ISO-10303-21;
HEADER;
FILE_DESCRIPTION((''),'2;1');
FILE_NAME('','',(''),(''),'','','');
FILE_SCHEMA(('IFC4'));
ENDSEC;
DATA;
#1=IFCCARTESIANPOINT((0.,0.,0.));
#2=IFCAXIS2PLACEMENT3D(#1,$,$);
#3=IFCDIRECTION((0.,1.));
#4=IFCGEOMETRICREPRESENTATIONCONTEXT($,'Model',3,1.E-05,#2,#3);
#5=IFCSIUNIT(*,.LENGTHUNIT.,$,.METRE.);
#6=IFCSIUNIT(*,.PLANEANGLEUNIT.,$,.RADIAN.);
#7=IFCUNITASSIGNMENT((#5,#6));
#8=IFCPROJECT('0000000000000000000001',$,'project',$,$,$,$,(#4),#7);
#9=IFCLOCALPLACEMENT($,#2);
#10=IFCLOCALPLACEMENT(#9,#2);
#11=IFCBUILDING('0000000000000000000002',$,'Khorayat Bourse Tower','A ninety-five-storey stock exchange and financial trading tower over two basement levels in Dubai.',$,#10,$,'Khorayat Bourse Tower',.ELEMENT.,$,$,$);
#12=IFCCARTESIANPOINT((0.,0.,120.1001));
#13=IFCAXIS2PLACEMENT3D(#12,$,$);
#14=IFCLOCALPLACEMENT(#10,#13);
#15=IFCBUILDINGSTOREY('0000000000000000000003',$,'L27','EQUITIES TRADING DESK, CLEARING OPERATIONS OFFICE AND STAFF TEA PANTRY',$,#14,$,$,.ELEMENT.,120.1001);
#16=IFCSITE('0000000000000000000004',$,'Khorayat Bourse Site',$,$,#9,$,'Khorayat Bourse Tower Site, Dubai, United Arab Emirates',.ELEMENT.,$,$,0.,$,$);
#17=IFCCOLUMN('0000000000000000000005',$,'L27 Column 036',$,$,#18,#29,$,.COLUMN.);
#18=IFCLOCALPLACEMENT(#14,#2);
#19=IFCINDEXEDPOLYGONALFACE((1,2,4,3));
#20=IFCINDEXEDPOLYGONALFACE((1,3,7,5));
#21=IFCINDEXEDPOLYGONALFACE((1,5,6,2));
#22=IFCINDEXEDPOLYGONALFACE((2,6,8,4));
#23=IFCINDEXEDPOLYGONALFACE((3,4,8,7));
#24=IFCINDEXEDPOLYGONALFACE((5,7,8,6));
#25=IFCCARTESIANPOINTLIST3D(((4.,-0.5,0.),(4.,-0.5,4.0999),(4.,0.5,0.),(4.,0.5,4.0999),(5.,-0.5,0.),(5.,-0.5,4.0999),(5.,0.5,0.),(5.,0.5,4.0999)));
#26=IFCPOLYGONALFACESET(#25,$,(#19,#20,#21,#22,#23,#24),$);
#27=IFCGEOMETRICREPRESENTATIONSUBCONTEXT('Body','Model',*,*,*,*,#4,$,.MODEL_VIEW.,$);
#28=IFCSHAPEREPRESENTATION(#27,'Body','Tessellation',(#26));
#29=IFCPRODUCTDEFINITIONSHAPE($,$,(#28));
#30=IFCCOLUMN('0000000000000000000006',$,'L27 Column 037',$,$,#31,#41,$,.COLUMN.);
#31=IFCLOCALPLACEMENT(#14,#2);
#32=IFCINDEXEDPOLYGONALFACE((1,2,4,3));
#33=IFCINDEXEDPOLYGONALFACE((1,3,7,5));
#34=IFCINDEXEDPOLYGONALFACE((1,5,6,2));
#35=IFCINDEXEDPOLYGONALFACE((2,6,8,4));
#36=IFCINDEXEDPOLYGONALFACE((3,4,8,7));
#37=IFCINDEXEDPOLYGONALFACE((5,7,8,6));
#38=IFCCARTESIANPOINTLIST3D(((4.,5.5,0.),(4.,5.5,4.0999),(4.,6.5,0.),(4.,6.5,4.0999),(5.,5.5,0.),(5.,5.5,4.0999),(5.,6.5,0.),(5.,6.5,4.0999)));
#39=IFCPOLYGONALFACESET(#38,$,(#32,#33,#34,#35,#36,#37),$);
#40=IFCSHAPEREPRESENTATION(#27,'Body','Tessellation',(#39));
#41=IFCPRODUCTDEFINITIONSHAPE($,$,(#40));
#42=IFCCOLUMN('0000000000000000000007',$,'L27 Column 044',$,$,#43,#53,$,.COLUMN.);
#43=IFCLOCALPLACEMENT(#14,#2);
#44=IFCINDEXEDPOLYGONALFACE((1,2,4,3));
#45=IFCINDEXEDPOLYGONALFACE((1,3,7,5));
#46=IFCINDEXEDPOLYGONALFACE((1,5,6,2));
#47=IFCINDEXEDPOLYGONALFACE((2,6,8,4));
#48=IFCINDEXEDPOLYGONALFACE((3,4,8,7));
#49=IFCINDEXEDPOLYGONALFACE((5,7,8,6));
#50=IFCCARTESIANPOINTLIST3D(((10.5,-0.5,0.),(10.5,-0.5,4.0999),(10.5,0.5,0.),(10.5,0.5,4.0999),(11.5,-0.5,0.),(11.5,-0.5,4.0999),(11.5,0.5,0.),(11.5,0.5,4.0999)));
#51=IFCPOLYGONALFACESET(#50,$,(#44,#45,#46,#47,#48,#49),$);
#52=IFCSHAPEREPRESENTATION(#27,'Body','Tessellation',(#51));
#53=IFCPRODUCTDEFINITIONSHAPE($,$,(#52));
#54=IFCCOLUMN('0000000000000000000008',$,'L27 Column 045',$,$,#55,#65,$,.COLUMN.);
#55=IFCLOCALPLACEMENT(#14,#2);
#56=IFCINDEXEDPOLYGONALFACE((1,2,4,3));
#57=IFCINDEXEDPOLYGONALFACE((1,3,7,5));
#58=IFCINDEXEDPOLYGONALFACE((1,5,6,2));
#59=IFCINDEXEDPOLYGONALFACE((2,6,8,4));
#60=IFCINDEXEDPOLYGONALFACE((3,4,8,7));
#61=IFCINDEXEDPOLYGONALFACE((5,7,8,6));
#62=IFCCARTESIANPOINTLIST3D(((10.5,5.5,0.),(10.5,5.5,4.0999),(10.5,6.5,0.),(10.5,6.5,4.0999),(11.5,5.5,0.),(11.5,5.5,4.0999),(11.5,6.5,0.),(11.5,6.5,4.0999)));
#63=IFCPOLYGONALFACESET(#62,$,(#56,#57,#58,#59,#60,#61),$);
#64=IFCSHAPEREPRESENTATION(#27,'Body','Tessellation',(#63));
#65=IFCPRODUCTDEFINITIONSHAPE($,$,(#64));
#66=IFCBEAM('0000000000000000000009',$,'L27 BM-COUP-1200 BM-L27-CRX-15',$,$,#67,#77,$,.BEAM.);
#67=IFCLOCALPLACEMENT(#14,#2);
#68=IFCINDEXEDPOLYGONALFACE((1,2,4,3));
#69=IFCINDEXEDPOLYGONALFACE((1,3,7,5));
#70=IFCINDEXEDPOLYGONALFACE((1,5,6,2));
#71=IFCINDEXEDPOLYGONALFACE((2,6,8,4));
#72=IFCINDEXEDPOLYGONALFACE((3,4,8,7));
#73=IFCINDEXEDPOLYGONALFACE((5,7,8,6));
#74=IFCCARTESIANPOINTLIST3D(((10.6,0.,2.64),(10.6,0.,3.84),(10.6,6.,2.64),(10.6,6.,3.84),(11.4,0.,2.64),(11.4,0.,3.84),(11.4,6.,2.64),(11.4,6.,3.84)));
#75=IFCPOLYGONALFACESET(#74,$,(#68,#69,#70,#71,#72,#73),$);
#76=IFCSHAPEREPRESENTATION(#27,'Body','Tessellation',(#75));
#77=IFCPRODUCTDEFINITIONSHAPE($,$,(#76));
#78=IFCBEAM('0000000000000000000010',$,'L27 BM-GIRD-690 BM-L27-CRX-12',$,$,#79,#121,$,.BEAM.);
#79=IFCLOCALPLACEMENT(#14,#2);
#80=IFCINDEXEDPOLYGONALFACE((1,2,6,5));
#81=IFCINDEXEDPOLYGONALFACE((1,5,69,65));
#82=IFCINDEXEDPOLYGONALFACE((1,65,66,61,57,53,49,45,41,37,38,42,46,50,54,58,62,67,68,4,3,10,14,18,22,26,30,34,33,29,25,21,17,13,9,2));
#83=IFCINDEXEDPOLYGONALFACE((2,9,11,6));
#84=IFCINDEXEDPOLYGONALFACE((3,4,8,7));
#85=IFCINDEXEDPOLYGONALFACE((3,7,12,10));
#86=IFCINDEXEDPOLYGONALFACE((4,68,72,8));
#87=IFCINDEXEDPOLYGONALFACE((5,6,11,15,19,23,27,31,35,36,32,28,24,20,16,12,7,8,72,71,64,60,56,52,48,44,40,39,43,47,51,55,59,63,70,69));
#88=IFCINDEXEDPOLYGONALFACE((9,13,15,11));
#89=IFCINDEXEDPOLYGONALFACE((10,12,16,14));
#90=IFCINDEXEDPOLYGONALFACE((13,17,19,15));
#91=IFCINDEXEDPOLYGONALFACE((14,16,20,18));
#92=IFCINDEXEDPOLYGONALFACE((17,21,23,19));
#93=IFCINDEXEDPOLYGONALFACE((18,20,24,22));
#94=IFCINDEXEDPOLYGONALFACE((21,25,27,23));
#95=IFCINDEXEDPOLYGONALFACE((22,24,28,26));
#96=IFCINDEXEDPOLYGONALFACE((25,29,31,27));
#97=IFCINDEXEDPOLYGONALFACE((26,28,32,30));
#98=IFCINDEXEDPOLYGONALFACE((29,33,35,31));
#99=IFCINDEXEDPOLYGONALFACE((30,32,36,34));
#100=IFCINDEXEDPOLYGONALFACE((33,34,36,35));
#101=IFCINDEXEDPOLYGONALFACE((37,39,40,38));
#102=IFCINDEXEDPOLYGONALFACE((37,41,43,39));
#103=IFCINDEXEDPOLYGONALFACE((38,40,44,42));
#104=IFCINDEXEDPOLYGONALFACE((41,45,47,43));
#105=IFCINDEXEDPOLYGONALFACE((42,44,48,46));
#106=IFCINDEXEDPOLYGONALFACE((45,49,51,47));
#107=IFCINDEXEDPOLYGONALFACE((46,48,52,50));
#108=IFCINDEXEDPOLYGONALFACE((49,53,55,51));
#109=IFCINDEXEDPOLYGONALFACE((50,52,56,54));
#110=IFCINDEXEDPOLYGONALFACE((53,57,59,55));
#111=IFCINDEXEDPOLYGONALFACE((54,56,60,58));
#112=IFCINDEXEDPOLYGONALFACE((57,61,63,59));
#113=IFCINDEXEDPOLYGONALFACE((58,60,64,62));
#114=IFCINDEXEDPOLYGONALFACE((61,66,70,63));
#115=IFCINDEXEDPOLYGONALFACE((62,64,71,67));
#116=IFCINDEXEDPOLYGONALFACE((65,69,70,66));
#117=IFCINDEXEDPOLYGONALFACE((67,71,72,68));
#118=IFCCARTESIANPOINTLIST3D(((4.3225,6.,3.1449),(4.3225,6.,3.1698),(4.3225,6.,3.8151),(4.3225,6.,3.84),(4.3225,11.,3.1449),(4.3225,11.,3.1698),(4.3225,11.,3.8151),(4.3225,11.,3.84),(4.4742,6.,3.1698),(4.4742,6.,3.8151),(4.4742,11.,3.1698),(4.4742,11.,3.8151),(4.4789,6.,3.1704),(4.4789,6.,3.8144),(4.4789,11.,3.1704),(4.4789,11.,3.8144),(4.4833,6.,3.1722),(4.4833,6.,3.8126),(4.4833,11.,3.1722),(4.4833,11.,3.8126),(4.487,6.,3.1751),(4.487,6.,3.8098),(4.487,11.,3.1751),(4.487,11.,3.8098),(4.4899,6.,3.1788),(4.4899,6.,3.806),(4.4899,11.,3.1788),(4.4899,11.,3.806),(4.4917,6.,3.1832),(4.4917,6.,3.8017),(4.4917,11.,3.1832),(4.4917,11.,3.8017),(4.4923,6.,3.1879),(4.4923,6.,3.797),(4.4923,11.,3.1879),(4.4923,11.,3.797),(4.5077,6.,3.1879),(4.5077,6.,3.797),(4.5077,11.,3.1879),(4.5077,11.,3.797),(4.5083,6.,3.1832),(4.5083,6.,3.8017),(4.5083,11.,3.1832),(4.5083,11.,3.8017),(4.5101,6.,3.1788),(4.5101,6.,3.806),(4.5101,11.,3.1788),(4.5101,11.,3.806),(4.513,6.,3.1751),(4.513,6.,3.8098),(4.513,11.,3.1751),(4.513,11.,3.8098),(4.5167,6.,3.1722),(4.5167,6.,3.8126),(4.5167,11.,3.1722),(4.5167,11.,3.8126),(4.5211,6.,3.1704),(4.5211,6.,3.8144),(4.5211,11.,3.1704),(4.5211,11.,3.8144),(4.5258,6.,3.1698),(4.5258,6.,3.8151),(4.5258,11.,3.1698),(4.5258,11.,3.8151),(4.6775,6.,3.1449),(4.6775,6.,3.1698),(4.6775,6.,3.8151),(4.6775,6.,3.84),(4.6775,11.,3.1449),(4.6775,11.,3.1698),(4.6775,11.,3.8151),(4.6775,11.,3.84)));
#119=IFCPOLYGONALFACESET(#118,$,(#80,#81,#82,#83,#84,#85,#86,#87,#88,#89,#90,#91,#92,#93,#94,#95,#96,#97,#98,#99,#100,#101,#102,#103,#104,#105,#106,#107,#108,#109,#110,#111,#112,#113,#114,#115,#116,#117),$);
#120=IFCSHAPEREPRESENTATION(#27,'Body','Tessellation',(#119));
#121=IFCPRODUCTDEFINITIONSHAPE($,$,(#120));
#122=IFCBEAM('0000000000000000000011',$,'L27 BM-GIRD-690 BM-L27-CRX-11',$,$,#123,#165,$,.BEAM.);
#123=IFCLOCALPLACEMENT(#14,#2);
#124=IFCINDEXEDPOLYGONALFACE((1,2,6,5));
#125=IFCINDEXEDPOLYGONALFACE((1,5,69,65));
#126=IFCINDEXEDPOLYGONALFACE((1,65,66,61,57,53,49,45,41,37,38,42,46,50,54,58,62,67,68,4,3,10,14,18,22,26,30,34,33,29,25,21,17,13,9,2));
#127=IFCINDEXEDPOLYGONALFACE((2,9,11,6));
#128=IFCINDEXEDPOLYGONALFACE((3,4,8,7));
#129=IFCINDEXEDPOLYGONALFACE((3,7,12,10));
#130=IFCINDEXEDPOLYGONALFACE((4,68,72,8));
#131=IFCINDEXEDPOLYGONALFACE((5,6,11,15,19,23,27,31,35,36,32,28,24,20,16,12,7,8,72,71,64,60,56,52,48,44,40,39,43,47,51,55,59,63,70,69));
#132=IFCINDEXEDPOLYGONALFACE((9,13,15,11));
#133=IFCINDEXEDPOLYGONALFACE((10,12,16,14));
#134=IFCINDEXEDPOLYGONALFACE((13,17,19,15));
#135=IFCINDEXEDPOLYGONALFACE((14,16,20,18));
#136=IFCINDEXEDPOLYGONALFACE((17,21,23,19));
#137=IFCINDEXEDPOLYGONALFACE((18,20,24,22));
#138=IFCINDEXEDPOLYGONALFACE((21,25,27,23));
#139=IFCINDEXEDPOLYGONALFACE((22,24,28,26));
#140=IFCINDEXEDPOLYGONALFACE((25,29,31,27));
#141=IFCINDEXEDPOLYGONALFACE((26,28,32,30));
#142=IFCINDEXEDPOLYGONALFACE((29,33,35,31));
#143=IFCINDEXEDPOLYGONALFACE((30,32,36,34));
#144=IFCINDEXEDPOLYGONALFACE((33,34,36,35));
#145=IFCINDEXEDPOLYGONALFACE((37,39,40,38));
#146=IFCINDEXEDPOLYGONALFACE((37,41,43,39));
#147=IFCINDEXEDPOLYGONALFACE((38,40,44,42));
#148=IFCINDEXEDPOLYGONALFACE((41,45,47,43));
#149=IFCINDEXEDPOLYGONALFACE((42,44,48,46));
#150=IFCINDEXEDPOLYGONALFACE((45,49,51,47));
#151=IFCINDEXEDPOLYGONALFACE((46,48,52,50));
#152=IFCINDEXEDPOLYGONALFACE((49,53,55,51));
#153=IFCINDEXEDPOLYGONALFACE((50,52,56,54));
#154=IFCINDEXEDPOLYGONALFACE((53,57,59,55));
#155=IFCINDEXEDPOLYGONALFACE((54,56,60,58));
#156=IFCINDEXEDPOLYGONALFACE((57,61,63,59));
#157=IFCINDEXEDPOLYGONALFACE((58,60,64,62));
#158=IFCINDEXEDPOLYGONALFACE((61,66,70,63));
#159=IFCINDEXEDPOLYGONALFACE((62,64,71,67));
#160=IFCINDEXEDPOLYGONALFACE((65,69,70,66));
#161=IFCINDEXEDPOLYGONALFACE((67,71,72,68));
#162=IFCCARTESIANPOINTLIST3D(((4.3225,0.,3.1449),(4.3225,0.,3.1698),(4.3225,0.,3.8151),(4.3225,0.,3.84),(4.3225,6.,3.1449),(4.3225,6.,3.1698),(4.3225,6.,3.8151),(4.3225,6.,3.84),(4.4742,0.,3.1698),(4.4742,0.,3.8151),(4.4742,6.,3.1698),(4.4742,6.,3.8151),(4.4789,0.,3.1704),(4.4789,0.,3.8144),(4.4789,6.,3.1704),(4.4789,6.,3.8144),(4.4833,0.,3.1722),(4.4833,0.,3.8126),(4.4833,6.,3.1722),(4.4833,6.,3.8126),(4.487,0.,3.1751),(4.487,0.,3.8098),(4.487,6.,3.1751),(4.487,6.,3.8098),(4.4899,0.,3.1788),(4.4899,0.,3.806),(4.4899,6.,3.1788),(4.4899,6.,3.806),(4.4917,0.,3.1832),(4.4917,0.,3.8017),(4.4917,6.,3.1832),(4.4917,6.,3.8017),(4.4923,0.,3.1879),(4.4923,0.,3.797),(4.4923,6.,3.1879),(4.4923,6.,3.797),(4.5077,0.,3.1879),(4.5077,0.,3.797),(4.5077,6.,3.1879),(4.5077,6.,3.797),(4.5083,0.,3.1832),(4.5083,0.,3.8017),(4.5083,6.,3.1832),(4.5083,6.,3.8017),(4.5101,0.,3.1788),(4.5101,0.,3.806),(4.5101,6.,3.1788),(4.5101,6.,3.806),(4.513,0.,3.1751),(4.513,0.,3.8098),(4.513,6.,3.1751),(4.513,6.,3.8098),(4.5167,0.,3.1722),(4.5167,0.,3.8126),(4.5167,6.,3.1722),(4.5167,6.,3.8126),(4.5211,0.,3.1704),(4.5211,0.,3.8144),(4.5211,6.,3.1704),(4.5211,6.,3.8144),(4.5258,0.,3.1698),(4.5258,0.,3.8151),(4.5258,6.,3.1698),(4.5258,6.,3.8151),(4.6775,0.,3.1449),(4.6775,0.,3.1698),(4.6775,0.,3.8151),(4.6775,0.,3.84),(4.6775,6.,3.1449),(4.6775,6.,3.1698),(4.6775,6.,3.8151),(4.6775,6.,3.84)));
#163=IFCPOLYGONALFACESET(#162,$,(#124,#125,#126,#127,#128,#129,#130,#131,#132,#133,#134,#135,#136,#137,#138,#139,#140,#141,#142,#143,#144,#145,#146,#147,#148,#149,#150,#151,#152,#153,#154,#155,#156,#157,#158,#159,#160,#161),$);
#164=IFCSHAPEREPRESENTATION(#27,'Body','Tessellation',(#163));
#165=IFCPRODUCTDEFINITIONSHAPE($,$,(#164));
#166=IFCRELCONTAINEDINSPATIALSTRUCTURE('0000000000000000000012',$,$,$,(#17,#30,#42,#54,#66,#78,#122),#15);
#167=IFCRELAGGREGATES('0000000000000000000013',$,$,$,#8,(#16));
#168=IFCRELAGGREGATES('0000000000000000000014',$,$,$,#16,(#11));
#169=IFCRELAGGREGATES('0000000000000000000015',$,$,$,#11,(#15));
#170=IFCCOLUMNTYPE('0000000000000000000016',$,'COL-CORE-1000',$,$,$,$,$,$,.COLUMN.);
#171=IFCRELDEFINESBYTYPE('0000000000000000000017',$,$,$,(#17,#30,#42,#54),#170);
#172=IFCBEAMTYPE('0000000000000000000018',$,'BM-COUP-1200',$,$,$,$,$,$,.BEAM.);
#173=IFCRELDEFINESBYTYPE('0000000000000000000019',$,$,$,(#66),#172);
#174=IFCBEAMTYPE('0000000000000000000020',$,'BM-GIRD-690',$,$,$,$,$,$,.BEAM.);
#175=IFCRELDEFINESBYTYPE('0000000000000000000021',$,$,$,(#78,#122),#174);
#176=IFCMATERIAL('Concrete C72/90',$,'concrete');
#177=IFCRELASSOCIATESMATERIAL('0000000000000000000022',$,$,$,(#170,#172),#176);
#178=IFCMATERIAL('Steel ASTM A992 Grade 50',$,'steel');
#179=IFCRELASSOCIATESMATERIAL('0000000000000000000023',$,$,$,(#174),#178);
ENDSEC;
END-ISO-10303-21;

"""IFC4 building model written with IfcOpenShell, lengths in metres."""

from ifc_helpers import new_model, si_unit, direction, frame, origin, origin_2d, place, context, subcontext, project, spatial, rectangle, i_section, extrude, source, transform, mapped, material, material_profile, profile_set, type_object, element, save


model = new_model("IFC4")

# Units and contexts
model_context = context("Model", 3, precision=1e-05, world=origin(), true_north=direction((0.0, 1.0)))
body_context = subcontext(model_context, "Body", "Model", "MODEL_VIEW")
ifc_project = project(units=[si_unit("LENGTHUNIT", "METRE"), si_unit("PLANEANGLEUNIT", "RADIAN")], contexts=[model_context])

# Site, building, storey
site_placement = place(None, origin())
site = spatial("IfcSite", under=ifc_project, at=site_placement, Name="Khorayat Bourse Site", LongName="Khorayat Bourse Tower Site, Dubai, United Arab Emirates", CompositionType="ELEMENT", RefElevation=0.0)
building_placement = place(site_placement, origin())
building = spatial("IfcBuilding", under=site, at=building_placement, Name="Khorayat Bourse Tower", Description="A ninety-five-storey stock exchange and financial trading tower over two basement levels in Dubai.", LongName="Khorayat Bourse Tower", CompositionType="ELEMENT")
storey_placement = place(building_placement, frame((0.0, 0.0, 120.1001)))
storey = spatial("IfcBuildingStorey", under=building, at=storey_placement, Name="L27", Description="EQUITIES TRADING DESK, CLEARING OPERATIONS OFFICE AND STAFF TEA PANTRY", CompositionType="ELEMENT", Elevation=120.1001)

# Columns
ifc_material_1 = material(Name="Concrete C72/90", Category="concrete")
ifc_material_profile_1 = material_profile(ifc_material_1, rectangle(XDim=1.0, YDim=1.0, at=origin_2d()), Name="RC 1000x1000")
ifc_profile_set_1 = profile_set([ifc_material_profile_1], Name="Concrete C72/90")
column_type = type_object("IfcColumnType", Name="COL-CORE-1000", PredefinedType="COLUMN", material=ifc_profile_set_1)
shared_shape_1 = source(origin(), body_context, "Body", "SweptSolid", [
    extrude(rectangle(XDim=1.0, YDim=1.0, at=origin_2d()), origin(), (0.0, 0.0, 1.0), 4.0999),
])
for number, where, z_axis, x_axis, name in (
    (1, (4.5, 0.0, 0.0), (0.0, 0.0, 1.0), (1.0, 0.0, 0.0), "L27 Column 036"),
    (2, (4.5, 6.0, 0.0), (0.0, 0.0, 1.0), (1.0, 0.0, 0.0), "L27 Column 037"),
    (3, (11.0, 0.0, 0.0), (0.0, 0.0, 1.0), (1.0, 0.0, 0.0), "L27 Column 044"),
    (4, (11.0, 6.0, 0.0), (0.0, 0.0, 1.0), (1.0, 0.0, 0.0), "L27 Column 045"),
):
    element("IfcColumn", number, at=place(storey_placement, frame(where, z_axis=z_axis, x_axis=x_axis)), inside=storey, type_object=column_type, Name=name, PredefinedType="COLUMN", context=body_context, shape_type="MappedRepresentation", body=[
        mapped(shared_shape_1, transform((0.0, 0.0, 0.0), scale=1.0)),
    ])

# Beams
ifc_material_profile_2 = material_profile(ifc_material_1, rectangle(XDim=0.8, YDim=1.2, at=origin_2d()), Name="RC 800x1200")
ifc_profile_set_2 = profile_set([ifc_material_profile_2], Name="Concrete C72/90")
beam_type_1 = type_object("IfcBeamType", Name="BM-COUP-1200", PredefinedType="BEAM", material=ifc_profile_set_2)
shared_shape_2 = source(origin(), body_context, "Body", "SweptSolid", [
    extrude(rectangle(XDim=0.8, YDim=1.2, at=origin_2d()), origin(), (0.0, 0.0, 1.0), 6.0),
])
beam_1_placement = place(storey_placement, frame((11.0, 0.0, 3.24), z_axis=(0.0, 1.0, 0.0), x_axis=(-1.0, 0.0, 0.0)))
element("IfcBeam", 5, at=beam_1_placement, inside=storey, type_object=beam_type_1, Name="L27 BM-COUP-1200 BM-L27-CRX-15", PredefinedType="BEAM", context=body_context, shape_type="MappedRepresentation", body=[
    mapped(shared_shape_2, transform((0.0, 0.0, 0.0), scale=1.0)),
])
ifc_material_2 = material(Name="Steel ASTM A992 Grade 50", Category="steel")
ifc_material_profile_3 = material_profile(ifc_material_2, i_section(OverallWidth=0.355, OverallDepth=0.6951, WebThickness=0.0154, FlangeThickness=0.0249, FilletRadius=0.0181, at=origin_2d()), Name="W690X217")
ifc_profile_set_3 = profile_set([ifc_material_profile_3], Name="Steel ASTM A992 Grade 50")
beam_type_2 = type_object("IfcBeamType", Name="BM-GIRD-690", PredefinedType="BEAM", material=ifc_profile_set_3)
shared_shape_3 = source(origin(), body_context, "Body", "SweptSolid", [
    extrude(i_section(OverallWidth=0.355, OverallDepth=0.6951, WebThickness=0.0154, FlangeThickness=0.0249, FilletRadius=0.0181, at=origin_2d()), origin(), (0.0, 0.0, 1.0), 5.0),
])
beam_2_placement = place(storey_placement, frame((4.5, 6.0, 3.4924), z_axis=(0.0, 1.0, 0.0), x_axis=(-1.0, 0.0, 0.0)))
element("IfcBeam", 6, at=beam_2_placement, inside=storey, type_object=beam_type_2, Name="L27 BM-GIRD-690 BM-L27-CRX-12", PredefinedType="BEAM", context=body_context, shape_type="MappedRepresentation", body=[
    mapped(shared_shape_3, transform((0.0, 0.0, 0.0), scale=1.0)),
])
shared_shape_4 = source(origin(), body_context, "Body", "SweptSolid", [
    extrude(i_section(OverallWidth=0.355, OverallDepth=0.6951, WebThickness=0.0154, FlangeThickness=0.0249, FilletRadius=0.0181, at=origin_2d()), origin(), (0.0, 0.0, 1.0), 6.0),
])
beam_3_placement = place(storey_placement, frame((4.5, 0.0, 3.4924), z_axis=(0.0, 1.0, 0.0), x_axis=(-1.0, 0.0, 0.0)))
element("IfcBeam", 7, at=beam_3_placement, inside=storey, type_object=beam_type_2, Name="L27 BM-GIRD-690 BM-L27-CRX-11", PredefinedType="BEAM", context=body_context, shape_type="MappedRepresentation", body=[
    mapped(shared_shape_4, transform((0.0, 0.0, 0.0), scale=1.0)),
])

save(model, "model.ifc")
